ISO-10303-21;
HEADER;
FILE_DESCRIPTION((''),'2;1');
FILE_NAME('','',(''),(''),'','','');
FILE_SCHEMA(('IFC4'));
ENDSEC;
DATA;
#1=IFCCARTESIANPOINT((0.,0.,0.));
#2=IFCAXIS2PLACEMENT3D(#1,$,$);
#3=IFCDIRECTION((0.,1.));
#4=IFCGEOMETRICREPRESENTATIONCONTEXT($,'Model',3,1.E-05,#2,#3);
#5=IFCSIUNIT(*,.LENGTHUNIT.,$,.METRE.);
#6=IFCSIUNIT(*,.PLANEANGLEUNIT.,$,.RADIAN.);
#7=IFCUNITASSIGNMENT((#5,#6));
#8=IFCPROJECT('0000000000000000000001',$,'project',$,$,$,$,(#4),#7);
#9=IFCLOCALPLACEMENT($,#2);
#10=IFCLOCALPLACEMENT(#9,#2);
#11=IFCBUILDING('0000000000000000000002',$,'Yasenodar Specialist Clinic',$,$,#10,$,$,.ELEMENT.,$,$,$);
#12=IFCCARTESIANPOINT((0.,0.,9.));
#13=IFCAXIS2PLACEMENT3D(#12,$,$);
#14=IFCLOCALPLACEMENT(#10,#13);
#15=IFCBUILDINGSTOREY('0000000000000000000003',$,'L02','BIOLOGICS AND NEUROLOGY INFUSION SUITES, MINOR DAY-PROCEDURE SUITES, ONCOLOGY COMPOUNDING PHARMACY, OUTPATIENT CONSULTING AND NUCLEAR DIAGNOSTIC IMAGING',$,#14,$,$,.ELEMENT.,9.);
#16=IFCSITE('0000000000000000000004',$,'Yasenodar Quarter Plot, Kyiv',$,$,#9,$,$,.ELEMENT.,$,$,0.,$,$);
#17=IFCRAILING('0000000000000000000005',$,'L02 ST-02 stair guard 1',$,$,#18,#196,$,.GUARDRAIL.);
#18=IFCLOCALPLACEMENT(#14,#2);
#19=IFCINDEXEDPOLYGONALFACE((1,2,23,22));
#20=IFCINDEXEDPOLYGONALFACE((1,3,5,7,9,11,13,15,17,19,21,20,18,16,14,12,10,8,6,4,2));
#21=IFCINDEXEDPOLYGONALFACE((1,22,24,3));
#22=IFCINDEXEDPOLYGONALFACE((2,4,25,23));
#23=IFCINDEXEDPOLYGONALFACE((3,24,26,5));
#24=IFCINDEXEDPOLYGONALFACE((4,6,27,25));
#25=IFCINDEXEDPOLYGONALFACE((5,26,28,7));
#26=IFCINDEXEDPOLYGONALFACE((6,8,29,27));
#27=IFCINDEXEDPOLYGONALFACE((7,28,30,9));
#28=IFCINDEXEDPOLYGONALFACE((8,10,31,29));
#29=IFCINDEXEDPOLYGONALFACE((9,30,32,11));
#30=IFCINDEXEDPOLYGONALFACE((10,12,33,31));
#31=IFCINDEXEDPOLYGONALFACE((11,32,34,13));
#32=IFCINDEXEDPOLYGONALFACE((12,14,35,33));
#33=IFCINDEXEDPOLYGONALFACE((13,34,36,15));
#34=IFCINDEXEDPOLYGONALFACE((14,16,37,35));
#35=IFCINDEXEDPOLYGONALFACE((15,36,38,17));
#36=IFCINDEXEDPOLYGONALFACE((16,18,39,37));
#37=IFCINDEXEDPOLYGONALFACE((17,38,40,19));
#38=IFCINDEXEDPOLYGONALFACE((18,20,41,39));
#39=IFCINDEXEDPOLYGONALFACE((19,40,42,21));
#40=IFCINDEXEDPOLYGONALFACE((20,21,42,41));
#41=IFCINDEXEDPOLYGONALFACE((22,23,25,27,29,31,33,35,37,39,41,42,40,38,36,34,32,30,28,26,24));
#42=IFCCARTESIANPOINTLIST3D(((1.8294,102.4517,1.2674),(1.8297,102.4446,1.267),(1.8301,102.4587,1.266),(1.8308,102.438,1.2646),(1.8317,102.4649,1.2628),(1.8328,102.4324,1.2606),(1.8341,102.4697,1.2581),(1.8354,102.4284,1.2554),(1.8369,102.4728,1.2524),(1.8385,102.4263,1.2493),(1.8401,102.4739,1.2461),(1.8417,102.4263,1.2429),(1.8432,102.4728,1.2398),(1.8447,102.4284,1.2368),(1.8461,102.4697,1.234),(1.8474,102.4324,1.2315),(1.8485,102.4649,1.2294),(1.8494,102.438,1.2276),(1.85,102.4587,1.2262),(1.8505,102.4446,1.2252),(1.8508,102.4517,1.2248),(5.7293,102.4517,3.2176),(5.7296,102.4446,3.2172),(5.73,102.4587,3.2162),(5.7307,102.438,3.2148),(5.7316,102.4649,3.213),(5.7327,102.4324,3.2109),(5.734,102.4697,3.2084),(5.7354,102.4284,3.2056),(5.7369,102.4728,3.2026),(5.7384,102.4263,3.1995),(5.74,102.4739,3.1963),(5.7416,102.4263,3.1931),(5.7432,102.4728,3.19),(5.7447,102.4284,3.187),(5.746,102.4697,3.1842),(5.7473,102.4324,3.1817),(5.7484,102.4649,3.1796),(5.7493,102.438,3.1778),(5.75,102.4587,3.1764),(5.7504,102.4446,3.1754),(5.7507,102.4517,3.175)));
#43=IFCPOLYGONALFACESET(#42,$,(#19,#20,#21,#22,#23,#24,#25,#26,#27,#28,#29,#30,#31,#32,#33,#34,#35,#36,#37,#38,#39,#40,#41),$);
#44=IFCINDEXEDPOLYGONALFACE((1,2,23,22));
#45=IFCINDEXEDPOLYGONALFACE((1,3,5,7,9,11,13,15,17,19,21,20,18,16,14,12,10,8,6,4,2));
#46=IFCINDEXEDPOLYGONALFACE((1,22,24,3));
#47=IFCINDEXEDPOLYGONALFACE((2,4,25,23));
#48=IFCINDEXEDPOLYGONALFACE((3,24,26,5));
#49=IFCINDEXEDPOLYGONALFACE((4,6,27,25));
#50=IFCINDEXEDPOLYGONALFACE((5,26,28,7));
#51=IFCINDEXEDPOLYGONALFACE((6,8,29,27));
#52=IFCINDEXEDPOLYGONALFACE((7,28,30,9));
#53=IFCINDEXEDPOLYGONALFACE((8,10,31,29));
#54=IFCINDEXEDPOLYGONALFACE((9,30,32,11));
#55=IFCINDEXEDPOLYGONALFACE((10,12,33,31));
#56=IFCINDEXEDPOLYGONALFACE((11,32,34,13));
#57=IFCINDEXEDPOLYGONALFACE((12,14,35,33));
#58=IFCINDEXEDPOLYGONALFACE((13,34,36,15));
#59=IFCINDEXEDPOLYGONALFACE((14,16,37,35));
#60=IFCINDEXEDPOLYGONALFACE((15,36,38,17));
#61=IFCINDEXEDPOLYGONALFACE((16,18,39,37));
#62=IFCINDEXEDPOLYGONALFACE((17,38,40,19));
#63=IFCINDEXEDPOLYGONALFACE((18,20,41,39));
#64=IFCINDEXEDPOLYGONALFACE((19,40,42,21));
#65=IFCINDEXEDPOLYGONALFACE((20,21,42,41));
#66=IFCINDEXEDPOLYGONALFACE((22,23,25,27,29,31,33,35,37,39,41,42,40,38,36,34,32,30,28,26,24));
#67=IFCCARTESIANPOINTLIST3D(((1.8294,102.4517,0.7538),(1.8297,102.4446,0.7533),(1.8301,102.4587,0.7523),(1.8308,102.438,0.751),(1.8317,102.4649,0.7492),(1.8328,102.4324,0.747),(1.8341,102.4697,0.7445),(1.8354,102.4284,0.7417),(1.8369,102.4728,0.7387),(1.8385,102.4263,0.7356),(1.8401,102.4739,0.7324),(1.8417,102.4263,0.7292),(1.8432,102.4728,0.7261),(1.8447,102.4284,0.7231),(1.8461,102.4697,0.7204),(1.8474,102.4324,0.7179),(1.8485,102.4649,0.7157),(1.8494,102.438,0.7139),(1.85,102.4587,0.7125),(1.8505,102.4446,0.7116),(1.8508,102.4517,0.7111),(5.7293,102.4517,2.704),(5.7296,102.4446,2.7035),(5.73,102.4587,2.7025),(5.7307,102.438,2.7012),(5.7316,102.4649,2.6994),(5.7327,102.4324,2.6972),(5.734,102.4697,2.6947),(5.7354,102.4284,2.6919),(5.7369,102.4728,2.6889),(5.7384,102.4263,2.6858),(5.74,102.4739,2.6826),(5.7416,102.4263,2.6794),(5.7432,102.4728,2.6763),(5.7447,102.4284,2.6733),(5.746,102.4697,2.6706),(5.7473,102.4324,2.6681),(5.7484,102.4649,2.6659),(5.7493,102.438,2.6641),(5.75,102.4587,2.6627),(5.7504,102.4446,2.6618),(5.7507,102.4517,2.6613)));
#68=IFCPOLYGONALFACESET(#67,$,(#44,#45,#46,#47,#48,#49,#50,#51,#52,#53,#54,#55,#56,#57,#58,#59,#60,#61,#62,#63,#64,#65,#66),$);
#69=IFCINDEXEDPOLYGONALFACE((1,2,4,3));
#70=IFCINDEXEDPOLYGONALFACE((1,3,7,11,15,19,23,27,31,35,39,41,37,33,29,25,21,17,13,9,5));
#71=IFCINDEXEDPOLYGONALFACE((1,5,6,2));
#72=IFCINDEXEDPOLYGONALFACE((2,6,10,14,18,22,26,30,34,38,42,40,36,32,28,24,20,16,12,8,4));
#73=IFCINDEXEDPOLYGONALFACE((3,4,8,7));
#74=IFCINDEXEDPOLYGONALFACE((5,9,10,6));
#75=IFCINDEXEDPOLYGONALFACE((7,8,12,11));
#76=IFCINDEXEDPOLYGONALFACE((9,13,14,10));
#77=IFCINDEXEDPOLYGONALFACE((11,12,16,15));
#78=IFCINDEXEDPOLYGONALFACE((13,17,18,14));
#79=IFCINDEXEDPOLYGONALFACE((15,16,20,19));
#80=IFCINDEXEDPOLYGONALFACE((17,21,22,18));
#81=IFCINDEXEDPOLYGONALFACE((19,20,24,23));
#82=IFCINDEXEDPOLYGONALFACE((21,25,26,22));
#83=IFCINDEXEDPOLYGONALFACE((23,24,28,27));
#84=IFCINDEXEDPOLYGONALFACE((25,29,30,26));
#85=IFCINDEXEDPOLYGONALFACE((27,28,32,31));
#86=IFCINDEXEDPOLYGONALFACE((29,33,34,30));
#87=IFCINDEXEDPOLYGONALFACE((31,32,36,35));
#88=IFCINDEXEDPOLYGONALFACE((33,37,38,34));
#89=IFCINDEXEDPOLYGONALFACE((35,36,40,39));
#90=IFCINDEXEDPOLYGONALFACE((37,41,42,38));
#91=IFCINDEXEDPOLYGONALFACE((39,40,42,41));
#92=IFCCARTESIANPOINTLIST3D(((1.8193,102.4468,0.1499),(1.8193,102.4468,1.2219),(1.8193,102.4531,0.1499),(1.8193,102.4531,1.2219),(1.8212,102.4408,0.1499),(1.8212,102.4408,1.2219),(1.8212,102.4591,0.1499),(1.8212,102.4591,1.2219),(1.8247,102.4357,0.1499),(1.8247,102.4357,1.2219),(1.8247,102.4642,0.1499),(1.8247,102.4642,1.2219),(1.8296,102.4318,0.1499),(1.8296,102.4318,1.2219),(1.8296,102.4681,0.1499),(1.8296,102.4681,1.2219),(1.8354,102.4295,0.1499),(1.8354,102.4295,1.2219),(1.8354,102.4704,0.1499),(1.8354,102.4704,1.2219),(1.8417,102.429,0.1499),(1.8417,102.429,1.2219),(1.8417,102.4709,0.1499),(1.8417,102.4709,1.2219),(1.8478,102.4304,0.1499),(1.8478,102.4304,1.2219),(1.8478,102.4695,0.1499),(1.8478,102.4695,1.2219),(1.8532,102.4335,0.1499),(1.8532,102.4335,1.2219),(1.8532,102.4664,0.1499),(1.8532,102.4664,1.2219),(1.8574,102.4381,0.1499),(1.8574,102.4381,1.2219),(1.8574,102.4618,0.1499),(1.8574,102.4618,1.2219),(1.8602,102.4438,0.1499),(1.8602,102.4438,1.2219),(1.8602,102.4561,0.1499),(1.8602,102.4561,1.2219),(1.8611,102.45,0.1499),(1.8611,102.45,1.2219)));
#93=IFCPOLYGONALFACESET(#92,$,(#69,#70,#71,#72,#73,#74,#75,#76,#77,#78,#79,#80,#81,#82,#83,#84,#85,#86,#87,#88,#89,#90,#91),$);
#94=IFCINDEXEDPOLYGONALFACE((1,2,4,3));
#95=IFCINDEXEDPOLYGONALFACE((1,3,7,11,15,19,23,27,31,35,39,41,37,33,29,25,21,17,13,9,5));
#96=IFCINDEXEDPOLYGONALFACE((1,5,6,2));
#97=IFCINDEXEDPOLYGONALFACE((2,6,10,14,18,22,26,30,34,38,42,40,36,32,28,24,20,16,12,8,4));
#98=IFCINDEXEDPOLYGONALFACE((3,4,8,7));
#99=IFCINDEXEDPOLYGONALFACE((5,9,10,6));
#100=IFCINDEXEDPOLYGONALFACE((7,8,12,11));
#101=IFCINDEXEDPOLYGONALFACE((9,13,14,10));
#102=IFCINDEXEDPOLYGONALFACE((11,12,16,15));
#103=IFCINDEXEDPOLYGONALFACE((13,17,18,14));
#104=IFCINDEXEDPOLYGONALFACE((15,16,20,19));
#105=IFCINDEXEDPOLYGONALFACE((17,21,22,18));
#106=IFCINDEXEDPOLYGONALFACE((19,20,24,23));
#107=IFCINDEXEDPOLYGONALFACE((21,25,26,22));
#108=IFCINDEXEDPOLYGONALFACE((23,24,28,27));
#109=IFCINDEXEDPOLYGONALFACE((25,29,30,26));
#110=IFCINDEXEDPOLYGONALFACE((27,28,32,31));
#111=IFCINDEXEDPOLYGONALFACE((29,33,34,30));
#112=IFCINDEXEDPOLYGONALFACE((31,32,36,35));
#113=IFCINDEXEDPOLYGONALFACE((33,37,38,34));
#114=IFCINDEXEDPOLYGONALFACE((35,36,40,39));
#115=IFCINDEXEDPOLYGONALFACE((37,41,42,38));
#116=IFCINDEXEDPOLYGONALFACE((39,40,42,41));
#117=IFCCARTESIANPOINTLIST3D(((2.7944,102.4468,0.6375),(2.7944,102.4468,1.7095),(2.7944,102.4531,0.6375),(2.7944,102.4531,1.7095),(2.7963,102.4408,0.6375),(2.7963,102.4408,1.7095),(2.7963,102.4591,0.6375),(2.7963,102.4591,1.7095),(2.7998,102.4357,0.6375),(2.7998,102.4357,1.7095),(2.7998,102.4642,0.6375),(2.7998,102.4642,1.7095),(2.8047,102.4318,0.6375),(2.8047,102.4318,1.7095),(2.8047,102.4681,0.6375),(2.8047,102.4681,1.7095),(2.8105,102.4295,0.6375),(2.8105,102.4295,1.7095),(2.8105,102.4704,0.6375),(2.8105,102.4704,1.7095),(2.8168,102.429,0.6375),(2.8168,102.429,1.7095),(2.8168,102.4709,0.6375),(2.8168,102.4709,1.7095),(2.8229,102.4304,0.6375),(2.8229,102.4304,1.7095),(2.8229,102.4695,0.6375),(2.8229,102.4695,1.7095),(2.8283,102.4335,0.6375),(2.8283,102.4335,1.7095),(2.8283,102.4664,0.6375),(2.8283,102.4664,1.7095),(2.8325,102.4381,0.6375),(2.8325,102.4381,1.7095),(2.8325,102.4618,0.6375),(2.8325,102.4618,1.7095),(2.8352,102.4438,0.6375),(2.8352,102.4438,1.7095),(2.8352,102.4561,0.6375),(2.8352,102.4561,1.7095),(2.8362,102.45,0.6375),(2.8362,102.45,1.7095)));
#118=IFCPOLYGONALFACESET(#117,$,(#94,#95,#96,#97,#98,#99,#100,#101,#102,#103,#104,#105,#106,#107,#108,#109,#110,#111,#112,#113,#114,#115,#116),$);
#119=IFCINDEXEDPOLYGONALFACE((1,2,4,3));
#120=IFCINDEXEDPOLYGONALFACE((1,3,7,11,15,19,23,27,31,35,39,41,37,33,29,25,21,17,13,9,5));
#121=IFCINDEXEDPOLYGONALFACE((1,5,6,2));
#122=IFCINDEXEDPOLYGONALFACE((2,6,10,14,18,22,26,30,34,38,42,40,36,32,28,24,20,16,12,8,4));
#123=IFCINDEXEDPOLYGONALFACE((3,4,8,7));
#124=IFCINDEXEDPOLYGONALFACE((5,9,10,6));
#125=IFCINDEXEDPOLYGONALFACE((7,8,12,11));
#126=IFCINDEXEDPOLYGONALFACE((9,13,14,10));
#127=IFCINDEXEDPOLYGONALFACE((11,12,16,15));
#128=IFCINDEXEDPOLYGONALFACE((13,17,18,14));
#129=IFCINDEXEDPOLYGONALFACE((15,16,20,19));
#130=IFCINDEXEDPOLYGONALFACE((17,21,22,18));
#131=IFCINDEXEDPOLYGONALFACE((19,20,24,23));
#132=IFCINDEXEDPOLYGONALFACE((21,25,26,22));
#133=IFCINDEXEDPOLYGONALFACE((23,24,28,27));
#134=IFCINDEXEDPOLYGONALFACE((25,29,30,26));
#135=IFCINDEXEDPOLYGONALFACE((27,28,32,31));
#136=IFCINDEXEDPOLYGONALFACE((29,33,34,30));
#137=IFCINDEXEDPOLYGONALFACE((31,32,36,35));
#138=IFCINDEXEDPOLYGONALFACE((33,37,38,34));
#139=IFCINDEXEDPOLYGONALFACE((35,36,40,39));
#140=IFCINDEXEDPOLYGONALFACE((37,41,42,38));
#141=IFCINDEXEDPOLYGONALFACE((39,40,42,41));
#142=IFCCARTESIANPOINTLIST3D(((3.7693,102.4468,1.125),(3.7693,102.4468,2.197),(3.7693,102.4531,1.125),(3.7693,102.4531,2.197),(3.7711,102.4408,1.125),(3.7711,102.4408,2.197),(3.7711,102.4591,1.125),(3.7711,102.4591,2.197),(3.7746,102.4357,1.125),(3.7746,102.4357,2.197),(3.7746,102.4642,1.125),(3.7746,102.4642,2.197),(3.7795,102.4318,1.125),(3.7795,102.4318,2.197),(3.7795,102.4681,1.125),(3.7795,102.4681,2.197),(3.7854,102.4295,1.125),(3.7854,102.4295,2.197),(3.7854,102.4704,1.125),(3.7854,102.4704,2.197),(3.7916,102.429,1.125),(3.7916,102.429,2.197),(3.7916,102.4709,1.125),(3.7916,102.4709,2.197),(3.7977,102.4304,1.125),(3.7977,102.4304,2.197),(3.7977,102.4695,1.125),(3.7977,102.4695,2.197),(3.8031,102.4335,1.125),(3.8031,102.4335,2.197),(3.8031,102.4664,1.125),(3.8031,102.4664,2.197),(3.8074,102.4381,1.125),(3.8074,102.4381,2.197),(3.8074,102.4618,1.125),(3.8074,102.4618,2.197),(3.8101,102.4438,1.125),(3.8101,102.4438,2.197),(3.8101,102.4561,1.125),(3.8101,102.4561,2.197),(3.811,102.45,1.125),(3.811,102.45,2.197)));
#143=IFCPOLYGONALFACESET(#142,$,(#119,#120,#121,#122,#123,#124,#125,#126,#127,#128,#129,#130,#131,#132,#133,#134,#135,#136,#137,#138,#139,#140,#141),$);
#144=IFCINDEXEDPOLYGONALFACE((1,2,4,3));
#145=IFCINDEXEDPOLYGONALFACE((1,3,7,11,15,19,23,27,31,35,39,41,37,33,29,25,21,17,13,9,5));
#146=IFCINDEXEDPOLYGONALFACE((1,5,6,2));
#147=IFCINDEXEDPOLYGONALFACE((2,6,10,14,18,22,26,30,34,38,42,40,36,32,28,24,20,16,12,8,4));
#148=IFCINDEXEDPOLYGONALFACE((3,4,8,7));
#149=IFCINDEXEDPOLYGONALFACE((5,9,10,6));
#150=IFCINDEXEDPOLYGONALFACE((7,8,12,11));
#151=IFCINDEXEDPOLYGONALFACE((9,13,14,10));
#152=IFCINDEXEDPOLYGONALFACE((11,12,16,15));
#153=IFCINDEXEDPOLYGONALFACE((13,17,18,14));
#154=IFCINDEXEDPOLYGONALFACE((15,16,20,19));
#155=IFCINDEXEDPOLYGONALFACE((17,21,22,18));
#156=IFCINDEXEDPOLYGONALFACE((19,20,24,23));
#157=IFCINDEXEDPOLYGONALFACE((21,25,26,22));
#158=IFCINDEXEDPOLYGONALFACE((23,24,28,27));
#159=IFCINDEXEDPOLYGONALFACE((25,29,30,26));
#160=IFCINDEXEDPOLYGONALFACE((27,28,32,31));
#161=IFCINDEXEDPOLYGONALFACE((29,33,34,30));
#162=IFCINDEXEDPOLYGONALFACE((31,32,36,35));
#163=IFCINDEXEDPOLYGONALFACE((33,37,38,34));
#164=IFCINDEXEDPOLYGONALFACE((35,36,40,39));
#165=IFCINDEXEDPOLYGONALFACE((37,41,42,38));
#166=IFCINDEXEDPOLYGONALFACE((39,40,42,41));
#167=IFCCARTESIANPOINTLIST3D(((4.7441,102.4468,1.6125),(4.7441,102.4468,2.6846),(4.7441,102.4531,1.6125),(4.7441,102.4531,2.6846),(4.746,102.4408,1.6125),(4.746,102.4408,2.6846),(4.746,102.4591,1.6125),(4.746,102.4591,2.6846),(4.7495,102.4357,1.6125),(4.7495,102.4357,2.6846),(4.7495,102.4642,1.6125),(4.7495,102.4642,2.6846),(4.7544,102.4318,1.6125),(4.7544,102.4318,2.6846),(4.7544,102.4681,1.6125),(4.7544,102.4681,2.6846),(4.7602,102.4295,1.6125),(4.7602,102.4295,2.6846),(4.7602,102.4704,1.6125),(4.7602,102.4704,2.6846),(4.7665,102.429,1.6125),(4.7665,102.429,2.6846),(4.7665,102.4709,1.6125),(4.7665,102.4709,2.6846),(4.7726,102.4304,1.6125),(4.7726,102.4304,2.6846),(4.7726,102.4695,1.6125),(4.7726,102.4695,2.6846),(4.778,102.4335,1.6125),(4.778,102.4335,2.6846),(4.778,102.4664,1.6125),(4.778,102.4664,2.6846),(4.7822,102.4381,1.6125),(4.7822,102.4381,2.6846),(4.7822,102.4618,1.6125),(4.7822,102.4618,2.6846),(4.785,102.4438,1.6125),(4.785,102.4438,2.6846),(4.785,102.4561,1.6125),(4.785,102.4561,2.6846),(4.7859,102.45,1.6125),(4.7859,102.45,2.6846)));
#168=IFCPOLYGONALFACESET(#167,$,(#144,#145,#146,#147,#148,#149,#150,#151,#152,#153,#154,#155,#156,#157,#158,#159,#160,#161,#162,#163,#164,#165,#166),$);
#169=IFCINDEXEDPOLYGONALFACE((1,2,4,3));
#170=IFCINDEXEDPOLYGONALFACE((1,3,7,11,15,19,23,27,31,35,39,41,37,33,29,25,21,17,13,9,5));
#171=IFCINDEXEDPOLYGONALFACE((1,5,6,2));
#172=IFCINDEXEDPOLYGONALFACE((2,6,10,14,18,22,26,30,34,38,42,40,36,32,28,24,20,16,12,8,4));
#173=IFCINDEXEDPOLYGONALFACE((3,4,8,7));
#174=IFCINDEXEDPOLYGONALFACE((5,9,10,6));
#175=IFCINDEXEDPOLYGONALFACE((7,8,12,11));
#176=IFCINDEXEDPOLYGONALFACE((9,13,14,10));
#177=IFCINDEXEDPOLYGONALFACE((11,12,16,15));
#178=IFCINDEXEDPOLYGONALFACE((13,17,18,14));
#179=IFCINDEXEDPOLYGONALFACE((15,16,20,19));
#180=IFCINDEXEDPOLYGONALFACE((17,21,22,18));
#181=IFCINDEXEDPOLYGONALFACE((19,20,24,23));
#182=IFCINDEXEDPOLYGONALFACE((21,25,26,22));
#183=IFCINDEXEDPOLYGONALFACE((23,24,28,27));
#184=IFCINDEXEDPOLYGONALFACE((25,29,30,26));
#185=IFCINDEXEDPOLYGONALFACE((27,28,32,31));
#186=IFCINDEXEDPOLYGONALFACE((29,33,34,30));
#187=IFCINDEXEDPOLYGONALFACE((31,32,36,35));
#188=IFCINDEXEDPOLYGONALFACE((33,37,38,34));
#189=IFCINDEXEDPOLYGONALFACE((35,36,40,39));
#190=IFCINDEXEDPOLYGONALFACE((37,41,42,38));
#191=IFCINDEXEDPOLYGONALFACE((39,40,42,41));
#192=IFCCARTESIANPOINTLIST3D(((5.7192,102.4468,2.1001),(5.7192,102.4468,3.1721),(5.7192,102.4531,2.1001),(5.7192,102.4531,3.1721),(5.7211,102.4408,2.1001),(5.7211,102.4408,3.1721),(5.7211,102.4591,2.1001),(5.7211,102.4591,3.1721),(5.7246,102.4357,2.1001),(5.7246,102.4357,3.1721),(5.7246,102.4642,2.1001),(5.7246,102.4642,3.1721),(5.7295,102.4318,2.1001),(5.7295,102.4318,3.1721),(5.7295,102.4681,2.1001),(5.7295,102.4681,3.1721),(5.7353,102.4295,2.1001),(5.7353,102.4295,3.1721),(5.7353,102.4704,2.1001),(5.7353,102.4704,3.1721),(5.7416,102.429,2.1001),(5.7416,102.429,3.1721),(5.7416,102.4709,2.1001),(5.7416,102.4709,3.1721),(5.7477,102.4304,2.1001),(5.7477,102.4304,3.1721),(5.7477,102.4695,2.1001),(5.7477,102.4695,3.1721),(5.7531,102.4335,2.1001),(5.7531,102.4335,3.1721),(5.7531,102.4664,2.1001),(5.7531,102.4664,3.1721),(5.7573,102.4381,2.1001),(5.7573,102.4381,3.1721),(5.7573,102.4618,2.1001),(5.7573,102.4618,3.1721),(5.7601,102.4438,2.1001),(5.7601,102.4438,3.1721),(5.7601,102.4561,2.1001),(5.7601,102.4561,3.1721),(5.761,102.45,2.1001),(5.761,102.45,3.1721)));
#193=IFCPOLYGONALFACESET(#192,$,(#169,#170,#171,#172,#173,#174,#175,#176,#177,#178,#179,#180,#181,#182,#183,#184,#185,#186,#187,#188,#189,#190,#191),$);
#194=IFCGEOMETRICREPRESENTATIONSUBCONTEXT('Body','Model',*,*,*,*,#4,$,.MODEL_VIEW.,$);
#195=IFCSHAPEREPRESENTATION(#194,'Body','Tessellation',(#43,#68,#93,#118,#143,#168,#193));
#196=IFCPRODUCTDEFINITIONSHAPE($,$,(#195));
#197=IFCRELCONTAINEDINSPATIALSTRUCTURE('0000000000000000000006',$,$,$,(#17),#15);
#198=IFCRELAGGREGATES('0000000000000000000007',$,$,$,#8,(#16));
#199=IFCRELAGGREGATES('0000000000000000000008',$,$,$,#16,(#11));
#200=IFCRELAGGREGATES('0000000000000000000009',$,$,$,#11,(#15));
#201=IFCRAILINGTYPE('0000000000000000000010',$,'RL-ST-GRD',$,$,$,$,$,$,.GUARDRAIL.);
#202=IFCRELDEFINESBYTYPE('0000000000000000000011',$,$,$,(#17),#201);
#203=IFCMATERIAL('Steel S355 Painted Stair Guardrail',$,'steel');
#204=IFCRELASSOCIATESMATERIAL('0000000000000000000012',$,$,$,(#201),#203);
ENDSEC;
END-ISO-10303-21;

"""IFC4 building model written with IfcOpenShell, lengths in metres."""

from ifc_helpers import new_model, si_unit, direction, frame, origin, origin_2d, place, context, subcontext, project, spatial, circle, extrude, material, type_object, element, save


model = new_model("IFC4")

# Units and contexts
model_context = context("Model", 3, precision=1e-05, world=origin(), true_north=direction((0.0, 1.0)))
body_context = subcontext(model_context, "Body", "Model", "MODEL_VIEW")
ifc_project = project(units=[si_unit("LENGTHUNIT", "METRE"), si_unit("PLANEANGLEUNIT", "RADIAN")], contexts=[model_context])

# Site, building, storey
site_placement = place(None, origin())
site = spatial("IfcSite", under=ifc_project, at=site_placement, Name="Yasenodar Quarter Plot, Kyiv", CompositionType="ELEMENT", RefElevation=0.0)
building_placement = place(site_placement, origin())
building = spatial("IfcBuilding", under=site, at=building_placement, Name="Yasenodar Specialist Clinic", CompositionType="ELEMENT")
storey_placement = place(building_placement, frame((0.0, 0.0, 9.0)))
storey = spatial("IfcBuildingStorey", under=building, at=storey_placement, Name="L02", Description="BIOLOGICS AND NEUROLOGY INFUSION SUITES, MINOR DAY-PROCEDURE SUITES, ONCOLOGY COMPOUNDING PHARMACY, OUTPATIENT CONSULTING AND NUCLEAR DIAGNOSTIC IMAGING", CompositionType="ELEMENT", Elevation=9.0)

# Railing
ifc_material_1 = material(Name="Steel S355 Painted Stair Guardrail", Category="steel")
railing_type_1 = type_object("IfcRailingType", Name="RL-ST-GRD", PredefinedType="GUARDRAIL", material=ifc_material_1)
railing_1_placement = place(storey_placement, frame((1.8401, 102.45, 0.1499)))
element("IfcRailing", 1, at=railing_1_placement, inside=storey, type_object=railing_type_1, Name="L02 ST-02 stair guard 1", PredefinedType="GUARDRAIL", context=body_context, shape_type="SweptSolid", body=[
    extrude(circle(Radius=0.0239, at=origin_2d()), frame((0.0, 0.0, 1.0962), z_axis=(0.894405, 0.0, 0.447258), x_axis=(0.0, 1.0, 0.0)), (0.0, 0.0, 1.0), 4.3604),
    extrude(circle(Radius=0.0239, at=origin_2d()), frame((0.0, 0.0, 0.5825), z_axis=(0.894405, 0.0, 0.447258), x_axis=(0.0, 1.0, 0.0)), (0.0, 0.0, 1.0), 4.3604),
    extrude(circle(Radius=0.021, at=origin_2d()), origin(), (0.0, 0.0, 1.0), 1.072),
    extrude(circle(Radius=0.021, at=origin_2d()), frame((0.9751, 0.0, 0.4875)), (0.0, 0.0, 1.0), 1.072),
    extrude(circle(Radius=0.021, at=origin_2d()), frame((1.95, 0.0, 0.9751)), (0.0, 0.0, 1.0), 1.072),
    extrude(circle(Radius=0.021, at=origin_2d()), frame((2.9248, 0.0, 1.4626)), (0.0, 0.0, 1.0), 1.072),
    extrude(circle(Radius=0.021, at=origin_2d()), frame((3.8999, 0.0, 1.9502)), (0.0, 0.0, 1.0), 1.072),
])

save(model, "model.ifc")
